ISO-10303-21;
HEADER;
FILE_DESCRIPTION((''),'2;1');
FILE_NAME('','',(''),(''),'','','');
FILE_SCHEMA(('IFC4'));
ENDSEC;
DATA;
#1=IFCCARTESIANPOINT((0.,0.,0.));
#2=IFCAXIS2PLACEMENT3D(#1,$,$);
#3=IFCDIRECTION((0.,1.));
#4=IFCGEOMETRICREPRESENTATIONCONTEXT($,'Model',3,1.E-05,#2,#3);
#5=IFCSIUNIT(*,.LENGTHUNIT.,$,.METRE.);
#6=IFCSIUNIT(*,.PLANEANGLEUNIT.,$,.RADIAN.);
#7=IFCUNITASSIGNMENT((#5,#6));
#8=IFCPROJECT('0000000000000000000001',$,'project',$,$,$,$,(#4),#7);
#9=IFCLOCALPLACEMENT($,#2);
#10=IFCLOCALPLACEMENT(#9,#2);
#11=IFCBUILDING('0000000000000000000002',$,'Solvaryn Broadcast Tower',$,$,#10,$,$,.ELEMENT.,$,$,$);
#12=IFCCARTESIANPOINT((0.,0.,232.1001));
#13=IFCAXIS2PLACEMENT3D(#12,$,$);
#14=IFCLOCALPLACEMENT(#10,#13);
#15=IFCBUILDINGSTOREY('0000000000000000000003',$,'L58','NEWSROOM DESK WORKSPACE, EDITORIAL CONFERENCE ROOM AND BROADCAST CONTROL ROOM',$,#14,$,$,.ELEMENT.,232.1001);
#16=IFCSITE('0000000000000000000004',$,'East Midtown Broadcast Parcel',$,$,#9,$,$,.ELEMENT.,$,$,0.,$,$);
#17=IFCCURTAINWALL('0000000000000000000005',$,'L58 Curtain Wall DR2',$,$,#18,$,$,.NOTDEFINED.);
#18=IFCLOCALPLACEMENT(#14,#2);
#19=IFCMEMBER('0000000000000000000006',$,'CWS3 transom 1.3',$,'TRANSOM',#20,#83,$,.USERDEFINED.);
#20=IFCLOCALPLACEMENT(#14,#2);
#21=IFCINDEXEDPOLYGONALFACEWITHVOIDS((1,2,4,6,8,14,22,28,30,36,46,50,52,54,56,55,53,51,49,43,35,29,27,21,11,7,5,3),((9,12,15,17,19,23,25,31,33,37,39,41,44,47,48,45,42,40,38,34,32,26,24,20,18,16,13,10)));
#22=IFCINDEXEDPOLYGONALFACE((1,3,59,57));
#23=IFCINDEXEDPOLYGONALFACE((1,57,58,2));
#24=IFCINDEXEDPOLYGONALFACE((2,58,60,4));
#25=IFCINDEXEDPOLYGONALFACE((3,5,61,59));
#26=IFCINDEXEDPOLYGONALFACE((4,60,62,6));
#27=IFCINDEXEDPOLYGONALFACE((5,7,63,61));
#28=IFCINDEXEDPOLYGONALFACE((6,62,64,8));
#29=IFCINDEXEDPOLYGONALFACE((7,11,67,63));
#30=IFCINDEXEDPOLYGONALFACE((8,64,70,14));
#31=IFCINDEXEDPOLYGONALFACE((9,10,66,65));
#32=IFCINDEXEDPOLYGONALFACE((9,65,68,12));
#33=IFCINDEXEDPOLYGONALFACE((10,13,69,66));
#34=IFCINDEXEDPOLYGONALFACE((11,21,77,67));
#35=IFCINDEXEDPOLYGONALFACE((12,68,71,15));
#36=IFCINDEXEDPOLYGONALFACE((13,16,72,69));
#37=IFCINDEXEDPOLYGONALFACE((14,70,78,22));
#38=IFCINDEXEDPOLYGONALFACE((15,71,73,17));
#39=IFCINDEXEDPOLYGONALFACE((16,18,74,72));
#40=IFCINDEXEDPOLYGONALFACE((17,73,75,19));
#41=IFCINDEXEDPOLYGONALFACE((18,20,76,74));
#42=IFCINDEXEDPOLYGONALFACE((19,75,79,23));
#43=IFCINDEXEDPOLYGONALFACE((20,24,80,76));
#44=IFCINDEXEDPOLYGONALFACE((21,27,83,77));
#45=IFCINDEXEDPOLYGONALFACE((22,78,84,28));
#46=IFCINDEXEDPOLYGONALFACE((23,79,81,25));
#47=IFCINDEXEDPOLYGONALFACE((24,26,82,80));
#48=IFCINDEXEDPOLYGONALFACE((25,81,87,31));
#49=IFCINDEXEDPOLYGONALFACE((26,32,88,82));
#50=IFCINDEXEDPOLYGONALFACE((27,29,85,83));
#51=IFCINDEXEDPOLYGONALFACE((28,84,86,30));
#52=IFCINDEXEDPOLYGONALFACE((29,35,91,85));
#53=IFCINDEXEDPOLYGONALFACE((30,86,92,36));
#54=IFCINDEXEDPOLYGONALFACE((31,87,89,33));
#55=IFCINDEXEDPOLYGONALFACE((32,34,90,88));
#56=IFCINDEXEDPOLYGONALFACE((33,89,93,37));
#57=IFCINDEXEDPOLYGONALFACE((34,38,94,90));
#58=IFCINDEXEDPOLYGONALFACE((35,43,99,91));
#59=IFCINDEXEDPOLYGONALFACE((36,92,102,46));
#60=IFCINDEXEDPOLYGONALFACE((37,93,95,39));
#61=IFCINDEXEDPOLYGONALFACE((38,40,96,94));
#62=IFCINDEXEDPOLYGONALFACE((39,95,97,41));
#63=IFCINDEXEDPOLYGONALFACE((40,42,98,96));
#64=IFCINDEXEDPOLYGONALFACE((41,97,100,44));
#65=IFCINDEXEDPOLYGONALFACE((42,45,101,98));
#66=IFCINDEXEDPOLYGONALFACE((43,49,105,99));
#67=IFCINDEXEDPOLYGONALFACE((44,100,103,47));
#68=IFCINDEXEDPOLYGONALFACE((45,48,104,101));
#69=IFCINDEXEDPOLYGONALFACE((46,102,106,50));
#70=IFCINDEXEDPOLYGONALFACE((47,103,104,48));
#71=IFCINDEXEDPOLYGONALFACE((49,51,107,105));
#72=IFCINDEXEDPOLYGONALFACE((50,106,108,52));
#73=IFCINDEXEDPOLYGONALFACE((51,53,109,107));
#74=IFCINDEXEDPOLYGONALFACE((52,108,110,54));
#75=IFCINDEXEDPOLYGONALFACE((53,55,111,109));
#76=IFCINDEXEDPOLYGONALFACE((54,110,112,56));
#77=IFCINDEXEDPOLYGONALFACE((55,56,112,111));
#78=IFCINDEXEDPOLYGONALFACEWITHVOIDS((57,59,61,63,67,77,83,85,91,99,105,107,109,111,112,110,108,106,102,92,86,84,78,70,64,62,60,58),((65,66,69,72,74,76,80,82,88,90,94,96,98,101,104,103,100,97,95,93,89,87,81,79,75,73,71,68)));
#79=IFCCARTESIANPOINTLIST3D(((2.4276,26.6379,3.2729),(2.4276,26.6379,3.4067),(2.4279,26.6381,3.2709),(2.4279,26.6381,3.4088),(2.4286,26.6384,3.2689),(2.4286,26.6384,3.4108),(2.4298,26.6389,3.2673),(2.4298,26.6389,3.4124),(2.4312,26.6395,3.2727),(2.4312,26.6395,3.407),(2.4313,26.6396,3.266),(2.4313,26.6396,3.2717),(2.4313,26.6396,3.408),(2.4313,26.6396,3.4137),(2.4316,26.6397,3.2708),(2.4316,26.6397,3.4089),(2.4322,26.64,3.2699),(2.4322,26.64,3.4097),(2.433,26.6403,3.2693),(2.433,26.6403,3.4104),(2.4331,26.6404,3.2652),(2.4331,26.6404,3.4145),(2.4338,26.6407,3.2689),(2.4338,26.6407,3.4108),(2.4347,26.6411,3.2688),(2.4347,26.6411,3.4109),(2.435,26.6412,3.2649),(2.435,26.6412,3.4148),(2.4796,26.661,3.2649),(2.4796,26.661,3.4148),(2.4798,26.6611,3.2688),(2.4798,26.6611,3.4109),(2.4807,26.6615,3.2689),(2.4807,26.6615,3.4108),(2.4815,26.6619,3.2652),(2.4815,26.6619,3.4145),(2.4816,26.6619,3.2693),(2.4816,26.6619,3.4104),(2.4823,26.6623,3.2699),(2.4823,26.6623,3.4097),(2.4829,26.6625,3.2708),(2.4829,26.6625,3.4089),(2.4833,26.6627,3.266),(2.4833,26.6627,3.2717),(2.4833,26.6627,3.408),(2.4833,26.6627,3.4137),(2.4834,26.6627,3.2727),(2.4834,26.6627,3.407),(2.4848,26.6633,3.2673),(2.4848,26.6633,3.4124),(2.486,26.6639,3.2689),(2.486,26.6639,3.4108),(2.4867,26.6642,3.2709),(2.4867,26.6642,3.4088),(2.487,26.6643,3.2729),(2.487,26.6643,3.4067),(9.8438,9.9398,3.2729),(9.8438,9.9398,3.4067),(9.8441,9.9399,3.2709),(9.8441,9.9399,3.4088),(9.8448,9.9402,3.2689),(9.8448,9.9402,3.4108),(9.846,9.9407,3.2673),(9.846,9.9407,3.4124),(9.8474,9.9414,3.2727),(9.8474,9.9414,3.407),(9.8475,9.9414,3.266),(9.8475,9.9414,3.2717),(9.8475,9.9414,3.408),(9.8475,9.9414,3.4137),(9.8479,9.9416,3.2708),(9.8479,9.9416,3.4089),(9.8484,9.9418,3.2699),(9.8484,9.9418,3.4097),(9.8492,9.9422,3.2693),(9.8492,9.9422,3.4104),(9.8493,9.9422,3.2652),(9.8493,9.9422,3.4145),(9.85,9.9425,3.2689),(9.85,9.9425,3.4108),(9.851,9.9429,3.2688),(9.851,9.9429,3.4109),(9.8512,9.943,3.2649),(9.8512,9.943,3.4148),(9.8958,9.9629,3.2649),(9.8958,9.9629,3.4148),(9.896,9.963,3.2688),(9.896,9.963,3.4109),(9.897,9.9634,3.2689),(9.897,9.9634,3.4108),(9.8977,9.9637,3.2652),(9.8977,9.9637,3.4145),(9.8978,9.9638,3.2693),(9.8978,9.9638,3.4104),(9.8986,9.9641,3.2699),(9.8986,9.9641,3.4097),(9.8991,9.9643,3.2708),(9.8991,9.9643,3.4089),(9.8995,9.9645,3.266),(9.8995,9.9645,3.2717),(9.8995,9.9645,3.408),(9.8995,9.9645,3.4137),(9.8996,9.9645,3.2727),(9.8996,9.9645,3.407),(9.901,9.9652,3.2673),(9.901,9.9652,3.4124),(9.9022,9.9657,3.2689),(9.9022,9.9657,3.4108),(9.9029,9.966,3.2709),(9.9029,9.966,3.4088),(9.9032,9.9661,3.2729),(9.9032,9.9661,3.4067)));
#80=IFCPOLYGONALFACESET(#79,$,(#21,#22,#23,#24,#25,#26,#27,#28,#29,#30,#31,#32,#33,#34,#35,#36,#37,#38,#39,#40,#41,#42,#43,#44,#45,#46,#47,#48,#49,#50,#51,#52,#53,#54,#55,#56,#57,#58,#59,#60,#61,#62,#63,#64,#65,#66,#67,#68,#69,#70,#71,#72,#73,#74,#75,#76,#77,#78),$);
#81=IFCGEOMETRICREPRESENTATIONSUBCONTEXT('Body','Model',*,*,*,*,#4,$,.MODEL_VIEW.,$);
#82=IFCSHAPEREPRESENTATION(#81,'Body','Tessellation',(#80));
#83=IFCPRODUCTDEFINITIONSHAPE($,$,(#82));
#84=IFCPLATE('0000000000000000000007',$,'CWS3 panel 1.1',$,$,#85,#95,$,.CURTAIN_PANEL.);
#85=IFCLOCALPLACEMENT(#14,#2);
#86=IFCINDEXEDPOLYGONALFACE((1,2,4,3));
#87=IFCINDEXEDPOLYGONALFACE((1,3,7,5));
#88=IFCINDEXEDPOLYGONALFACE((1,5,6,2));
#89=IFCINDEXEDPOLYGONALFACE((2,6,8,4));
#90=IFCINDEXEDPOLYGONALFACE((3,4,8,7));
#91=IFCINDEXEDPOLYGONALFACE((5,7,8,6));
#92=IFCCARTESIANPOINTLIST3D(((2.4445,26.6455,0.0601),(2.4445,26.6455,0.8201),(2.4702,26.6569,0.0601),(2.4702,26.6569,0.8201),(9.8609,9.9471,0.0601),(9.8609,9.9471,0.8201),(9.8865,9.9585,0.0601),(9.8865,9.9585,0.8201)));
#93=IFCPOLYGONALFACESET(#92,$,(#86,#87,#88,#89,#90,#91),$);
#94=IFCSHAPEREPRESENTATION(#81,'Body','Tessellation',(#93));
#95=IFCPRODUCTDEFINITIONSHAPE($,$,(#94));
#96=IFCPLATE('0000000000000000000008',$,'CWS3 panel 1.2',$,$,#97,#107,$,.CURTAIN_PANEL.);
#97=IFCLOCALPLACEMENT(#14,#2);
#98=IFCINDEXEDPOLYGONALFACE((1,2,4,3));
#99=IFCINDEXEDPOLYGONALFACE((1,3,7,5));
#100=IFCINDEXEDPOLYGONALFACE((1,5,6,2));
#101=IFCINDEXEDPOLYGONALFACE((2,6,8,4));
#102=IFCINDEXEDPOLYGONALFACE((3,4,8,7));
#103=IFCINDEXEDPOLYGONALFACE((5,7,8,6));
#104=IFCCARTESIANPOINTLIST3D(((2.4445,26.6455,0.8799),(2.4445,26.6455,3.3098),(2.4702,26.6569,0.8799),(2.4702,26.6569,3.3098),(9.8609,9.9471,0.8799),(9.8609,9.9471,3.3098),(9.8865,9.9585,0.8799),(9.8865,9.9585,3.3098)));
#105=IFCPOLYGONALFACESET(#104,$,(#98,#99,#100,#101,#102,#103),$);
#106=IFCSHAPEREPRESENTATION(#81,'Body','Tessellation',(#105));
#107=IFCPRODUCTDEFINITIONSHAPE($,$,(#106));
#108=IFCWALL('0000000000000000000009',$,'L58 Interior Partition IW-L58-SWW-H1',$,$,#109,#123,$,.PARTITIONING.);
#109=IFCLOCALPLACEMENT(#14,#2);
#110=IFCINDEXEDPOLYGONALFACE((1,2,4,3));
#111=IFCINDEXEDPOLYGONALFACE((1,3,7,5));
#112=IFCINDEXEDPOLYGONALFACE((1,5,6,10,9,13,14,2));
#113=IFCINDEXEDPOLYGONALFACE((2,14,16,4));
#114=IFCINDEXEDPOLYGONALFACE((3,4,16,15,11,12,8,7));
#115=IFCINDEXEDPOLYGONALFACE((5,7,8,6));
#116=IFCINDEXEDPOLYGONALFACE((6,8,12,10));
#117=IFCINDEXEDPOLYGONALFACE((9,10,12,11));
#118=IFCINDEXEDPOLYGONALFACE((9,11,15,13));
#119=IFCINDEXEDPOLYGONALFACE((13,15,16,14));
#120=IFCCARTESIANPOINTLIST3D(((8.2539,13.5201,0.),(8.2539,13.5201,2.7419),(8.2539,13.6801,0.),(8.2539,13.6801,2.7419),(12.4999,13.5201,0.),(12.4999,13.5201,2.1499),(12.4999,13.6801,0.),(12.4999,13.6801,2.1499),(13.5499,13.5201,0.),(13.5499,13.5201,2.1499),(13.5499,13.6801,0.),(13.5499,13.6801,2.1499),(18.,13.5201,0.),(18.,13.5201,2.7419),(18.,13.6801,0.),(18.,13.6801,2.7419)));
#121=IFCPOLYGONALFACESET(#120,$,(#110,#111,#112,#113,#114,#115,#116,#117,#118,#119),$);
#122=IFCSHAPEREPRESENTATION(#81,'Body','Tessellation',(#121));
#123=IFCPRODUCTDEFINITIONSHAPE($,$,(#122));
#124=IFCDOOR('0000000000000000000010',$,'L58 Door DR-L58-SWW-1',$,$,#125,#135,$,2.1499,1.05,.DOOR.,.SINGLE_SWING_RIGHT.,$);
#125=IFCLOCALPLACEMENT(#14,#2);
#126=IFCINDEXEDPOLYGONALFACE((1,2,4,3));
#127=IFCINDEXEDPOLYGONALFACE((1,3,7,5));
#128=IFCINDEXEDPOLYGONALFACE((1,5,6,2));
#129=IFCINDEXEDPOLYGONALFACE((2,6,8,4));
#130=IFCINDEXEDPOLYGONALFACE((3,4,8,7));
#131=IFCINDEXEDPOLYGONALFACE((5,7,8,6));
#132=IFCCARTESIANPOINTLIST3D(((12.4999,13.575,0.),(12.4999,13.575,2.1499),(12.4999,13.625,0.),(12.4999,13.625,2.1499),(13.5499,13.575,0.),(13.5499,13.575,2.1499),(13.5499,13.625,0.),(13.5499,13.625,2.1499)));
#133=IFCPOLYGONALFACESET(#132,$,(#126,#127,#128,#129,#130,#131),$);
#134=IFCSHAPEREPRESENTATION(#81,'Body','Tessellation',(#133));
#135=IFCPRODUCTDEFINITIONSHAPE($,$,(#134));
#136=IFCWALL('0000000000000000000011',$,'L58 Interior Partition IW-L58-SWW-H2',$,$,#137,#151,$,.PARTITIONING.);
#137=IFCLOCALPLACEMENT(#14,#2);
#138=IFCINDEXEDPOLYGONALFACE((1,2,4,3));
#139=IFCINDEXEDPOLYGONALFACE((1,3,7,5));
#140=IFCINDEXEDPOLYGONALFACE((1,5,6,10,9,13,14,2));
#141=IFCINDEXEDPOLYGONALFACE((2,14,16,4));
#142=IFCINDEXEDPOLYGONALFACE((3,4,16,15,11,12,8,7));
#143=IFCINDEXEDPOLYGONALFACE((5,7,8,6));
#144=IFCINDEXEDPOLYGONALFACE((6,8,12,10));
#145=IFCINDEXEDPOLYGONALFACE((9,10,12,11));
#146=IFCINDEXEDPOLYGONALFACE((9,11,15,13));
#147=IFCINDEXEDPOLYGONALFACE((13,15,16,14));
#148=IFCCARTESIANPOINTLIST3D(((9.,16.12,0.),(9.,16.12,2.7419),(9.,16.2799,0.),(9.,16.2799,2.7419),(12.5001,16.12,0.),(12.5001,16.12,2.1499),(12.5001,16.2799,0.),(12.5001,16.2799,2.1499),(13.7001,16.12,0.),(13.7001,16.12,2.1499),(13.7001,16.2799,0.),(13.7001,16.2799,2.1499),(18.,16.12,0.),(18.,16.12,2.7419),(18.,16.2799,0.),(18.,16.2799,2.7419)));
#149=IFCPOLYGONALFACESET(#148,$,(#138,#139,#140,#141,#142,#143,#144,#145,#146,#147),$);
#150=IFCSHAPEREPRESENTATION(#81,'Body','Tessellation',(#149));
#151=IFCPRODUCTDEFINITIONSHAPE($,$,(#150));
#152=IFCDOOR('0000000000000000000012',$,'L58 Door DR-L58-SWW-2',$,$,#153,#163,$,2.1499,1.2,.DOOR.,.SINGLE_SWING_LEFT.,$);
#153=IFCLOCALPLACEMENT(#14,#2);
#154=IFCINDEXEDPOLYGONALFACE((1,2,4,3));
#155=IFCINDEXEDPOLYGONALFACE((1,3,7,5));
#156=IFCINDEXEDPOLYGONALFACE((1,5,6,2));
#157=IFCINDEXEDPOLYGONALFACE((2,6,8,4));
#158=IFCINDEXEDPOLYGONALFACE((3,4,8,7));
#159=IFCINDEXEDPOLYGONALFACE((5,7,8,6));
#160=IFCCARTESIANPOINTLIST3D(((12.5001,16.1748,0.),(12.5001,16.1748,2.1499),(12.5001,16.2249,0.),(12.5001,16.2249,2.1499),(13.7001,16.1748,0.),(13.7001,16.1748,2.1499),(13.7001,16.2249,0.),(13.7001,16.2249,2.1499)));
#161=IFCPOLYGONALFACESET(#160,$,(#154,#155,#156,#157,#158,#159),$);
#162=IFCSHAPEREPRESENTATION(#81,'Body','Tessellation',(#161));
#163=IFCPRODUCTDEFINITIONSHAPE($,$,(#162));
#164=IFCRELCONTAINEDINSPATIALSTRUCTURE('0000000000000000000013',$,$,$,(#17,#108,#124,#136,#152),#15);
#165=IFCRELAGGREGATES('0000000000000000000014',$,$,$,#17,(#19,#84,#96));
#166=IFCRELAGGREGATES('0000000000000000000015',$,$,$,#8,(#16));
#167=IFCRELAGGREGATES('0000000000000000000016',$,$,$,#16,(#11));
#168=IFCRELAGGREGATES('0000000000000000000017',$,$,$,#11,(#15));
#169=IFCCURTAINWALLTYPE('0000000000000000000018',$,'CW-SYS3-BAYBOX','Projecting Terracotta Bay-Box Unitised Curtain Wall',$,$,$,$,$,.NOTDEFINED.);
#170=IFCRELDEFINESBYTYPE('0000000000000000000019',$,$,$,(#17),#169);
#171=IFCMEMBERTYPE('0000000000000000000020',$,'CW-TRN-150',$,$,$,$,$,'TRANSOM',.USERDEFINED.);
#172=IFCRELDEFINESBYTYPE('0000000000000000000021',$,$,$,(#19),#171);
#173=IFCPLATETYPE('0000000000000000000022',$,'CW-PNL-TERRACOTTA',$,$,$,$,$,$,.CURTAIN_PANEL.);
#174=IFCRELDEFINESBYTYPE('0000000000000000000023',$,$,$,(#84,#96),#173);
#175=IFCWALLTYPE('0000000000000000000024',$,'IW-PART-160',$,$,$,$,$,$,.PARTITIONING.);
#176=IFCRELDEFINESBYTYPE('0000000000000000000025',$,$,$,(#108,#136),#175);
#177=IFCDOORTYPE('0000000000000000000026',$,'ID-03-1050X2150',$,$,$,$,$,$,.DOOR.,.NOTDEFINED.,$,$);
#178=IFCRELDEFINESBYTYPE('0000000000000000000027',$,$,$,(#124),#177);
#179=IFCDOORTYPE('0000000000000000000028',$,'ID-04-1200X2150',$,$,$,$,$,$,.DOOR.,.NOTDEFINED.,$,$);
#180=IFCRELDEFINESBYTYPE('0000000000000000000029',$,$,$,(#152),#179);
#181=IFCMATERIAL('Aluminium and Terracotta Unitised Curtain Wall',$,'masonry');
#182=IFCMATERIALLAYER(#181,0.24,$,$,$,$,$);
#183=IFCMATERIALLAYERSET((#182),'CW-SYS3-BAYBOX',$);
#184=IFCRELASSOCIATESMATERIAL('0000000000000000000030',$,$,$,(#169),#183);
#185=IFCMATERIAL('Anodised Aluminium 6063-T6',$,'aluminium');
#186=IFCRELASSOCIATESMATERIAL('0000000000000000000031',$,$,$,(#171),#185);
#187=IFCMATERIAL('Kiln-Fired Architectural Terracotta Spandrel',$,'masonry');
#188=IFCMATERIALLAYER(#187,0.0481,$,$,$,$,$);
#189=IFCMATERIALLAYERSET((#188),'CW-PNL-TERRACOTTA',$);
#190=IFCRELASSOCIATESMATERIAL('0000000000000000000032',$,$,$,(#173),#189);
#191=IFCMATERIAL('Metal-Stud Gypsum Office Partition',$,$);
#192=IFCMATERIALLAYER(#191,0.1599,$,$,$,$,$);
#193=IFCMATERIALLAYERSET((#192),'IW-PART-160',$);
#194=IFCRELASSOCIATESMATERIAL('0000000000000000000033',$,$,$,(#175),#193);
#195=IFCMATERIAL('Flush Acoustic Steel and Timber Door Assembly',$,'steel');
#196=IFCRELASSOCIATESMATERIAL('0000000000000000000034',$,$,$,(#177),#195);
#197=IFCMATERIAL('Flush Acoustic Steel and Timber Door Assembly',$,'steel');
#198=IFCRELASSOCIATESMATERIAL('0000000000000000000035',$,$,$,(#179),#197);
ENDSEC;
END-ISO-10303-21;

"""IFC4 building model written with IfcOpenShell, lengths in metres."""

from ifc_helpers import new_model, si_unit, direction, frame, frame_2d, origin, origin_2d, place, context, subcontext, project, spatial, rectangle, hollow_rectangle, extrude, material, layer, layer_set, material_profile, profile_set, type_object, element, fill, aggregate, save


model = new_model("IFC4")

# Units and contexts
model_context = context("Model", 3, precision=1e-05, world=origin(), true_north=direction((0.0, 1.0)))
body_context = subcontext(model_context, "Body", "Model", "MODEL_VIEW")
ifc_project = project(units=[si_unit("LENGTHUNIT", "METRE"), si_unit("PLANEANGLEUNIT", "RADIAN")], contexts=[model_context])

# Site, building, storey
site_placement = place(None, origin())
site = spatial("IfcSite", under=ifc_project, at=site_placement, Name="East Midtown Broadcast Parcel", CompositionType="ELEMENT", RefElevation=0.0)
building_placement = place(site_placement, origin())
building = spatial("IfcBuilding", under=site, at=building_placement, Name="Solvaryn Broadcast Tower", CompositionType="ELEMENT")
storey_placement = place(building_placement, frame((0.0, 0.0, 232.1001)))
storey = spatial("IfcBuildingStorey", under=building, at=storey_placement, Name="L58", Description="NEWSROOM DESK WORKSPACE, EDITORIAL CONFERENCE ROOM AND BROADCAST CONTROL ROOM", CompositionType="ELEMENT", Elevation=232.1001)

# Curtain wall, member, plates
ifc_material_1 = material(Name="Aluminium and Terracotta Unitised Curtain Wall", Category="masonry")
ifc_layer_1 = layer(ifc_material_1, 0.24)
ifc_layer_set_1 = layer_set([ifc_layer_1], Name="CW-SYS3-BAYBOX")
curtain_wall_type_1 = type_object("IfcCurtainWallType", Name="CW-SYS3-BAYBOX", Description="Projecting Terracotta Bay-Box Unitised Curtain Wall", PredefinedType="NOTDEFINED", material=ifc_layer_set_1)
curtain_wall_1_placement = place(storey_placement, origin())
curtain_wall_1 = element("IfcCurtainWall", 1, at=curtain_wall_1_placement, inside=storey, type_object=curtain_wall_type_1, Name="L58 Curtain Wall DR2", PredefinedType="NOTDEFINED")
ifc_material_2 = material(Name="Anodised Aluminium 6063-T6", Category="aluminium")
ifc_material_profile_1 = material_profile(ifc_material_2, hollow_rectangle(XDim=0.0649, YDim=0.1499, WallThickness=0.0039, InnerFilletRadius=0.0039, OuterFilletRadius=0.0081, at=origin_2d()))
ifc_profile_set_1 = profile_set([ifc_material_profile_1], Name="Anodised Aluminium 6063-T6")
member_type_1 = type_object("IfcMemberType", Name="CW-TRN-150", ElementType="TRANSOM", PredefinedType="USERDEFINED", material=ifc_profile_set_1)
member_1_placement = place(storey_placement, frame((2.4573, 26.6511, 3.3398), z_axis=(0.405902, -0.913917, 0.0), x_axis=(0.913917, 0.405902, 0.0)))
member_1 = element("IfcMember", 2, at=member_1_placement, type_object=member_type_1, Name="CWS3 transom 1.3", ObjectType="TRANSOM", PredefinedType="USERDEFINED", context=body_context, shape_type="SweptSolid", body=[
    extrude(hollow_rectangle(XDim=0.0649, YDim=0.1499, WallThickness=0.0039, InnerFilletRadius=0.0039, OuterFilletRadius=0.0081, at=origin_2d()), origin(), (0.0, 0.0, 1.0), 18.271),
])
ifc_material_3 = material(Name="Kiln-Fired Architectural Terracotta Spandrel", Category="masonry")
ifc_layer_2 = layer(ifc_material_3, 0.0481)
ifc_layer_set_2 = layer_set([ifc_layer_2], Name="CW-PNL-TERRACOTTA")
plate_type = type_object("IfcPlateType", Name="CW-PNL-TERRACOTTA", PredefinedType="CURTAIN_PANEL", material=ifc_layer_set_2)
plate_1_placement = place(storey_placement, frame((6.1655, 18.302, 0.0601), z_axis=(0.0, 0.0, 1.0), x_axis=(0.405901, -0.913917, 0.0)))
plate_1 = element("IfcPlate", 3, at=plate_1_placement, type_object=plate_type, Name="CWS3 panel 1.1", PredefinedType="CURTAIN_PANEL", context=body_context, shape_type="SweptSolid", body=[
    extrude(rectangle(XDim=18.2712, YDim=0.0281, at=origin_2d()), origin(), (0.0, 0.0, 1.0), 0.76),
])
plate_2_placement = place(storey_placement, frame((6.1655, 18.302, 0.8799), z_axis=(0.0, 0.0, 1.0), x_axis=(0.405901, -0.913917, 0.0)))
plate_2 = element("IfcPlate", 4, at=plate_2_placement, type_object=plate_type, Name="CWS3 panel 1.2", PredefinedType="CURTAIN_PANEL", context=body_context, shape_type="SweptSolid", body=[
    extrude(rectangle(XDim=18.2712, YDim=0.0281, at=origin_2d()), origin(), (0.0, 0.0, 1.0), 2.4299),
])
aggregate(curtain_wall_1, [member_1, plate_1, plate_2])

# Walls, openings, doors
ifc_material_4 = material(Name="Metal-Stud Gypsum Office Partition")
ifc_layer_3 = layer(ifc_material_4, 0.1599)
ifc_layer_set_3 = layer_set([ifc_layer_3], Name="IW-PART-160")
wall_type = type_object("IfcWallType", Name="IW-PART-160", PredefinedType="PARTITIONING", material=ifc_layer_set_3)
wall_1_placement = place(storey_placement, frame((8.2539, 13.6001, 0.0), z_axis=(0.0, 0.0, 1.0), x_axis=(1.0, 0.0, 0.0)))
wall_1 = element("IfcWall", 5, at=wall_1_placement, inside=storey, type_object=wall_type, Name="L58 Interior Partition IW-L58-SWW-H1", PredefinedType="PARTITIONING", context=body_context, shape_type="SweptSolid", body=[
    extrude(rectangle(XDim=9.7461, YDim=0.1599, at=frame_2d((4.873, 0.0))), origin(), (0.0, 0.0, 1.0), 2.7419),
])
opening_1_placement = place(wall_1_placement, frame((4.2461, 0.0, 0.0)))
opening_1 = element("IfcOpeningElement", 6, at=opening_1_placement, cuts=wall_1, PredefinedType="OPENING", context=body_context, shape_type="SweptSolid", body=[
    extrude(rectangle(XDim=1.05, YDim=2.1499, at=frame_2d((0.5249, 1.075))), frame((0.0, 0.0901, 0.0), z_axis=(0.0, -1.0, 0.0), x_axis=(1.0, 0.0, 0.0)), (0.0, 0.0, 1.0), 0.1799),
])
ifc_material_5 = material(Name="Flush Acoustic Steel and Timber Door Assembly", Category="steel")
door_type_1 = type_object("IfcDoorType", Name="ID-03-1050X2150", OperationType="NOTDEFINED", PredefinedType="DOOR", material=ifc_material_5)
door_1_placement = place(opening_1_placement, origin())
door_1 = element("IfcDoor", 7, at=door_1_placement, inside=storey, type_object=door_type_1, Name="L58 Door DR-L58-SWW-1", OperationType="SINGLE_SWING_RIGHT", OverallHeight=2.1499, OverallWidth=1.05, PredefinedType="DOOR", context=body_context, shape_type="SweptSolid", body=[
    extrude(rectangle(XDim=1.05, YDim=2.1499, at=frame_2d((0.5249, 1.075))), frame((0.0, 0.0249, 0.0), z_axis=(0.0, -1.0, 0.0), x_axis=(1.0, 0.0, 0.0)), (0.0, 0.0, 1.0), 0.05),
])
fill(opening_1, door_1)
wall_2_placement = place(storey_placement, frame((9.0, 16.2, 0.0), z_axis=(0.0, 0.0, 1.0), x_axis=(1.0, 0.0, 0.0)))
wall_2 = element("IfcWall", 8, at=wall_2_placement, inside=storey, type_object=wall_type, Name="L58 Interior Partition IW-L58-SWW-H2", PredefinedType="PARTITIONING", context=body_context, shape_type="SweptSolid", body=[
    extrude(rectangle(XDim=9.0, YDim=0.1599, at=frame_2d((4.5, 0.0))), origin(), (0.0, 0.0, 1.0), 2.7419),
])
opening_2_placement = place(wall_2_placement, frame((3.5, 0.0, 0.0)))
opening_2 = element("IfcOpeningElement", 9, at=opening_2_placement, cuts=wall_2, PredefinedType="OPENING", context=body_context, shape_type="SweptSolid", body=[
    extrude(rectangle(XDim=1.2, YDim=2.1499, at=frame_2d((0.6001, 1.075))), frame((0.0, 0.0901, 0.0), z_axis=(0.0, -1.0, 0.0), x_axis=(1.0, 0.0, 0.0)), (0.0, 0.0, 1.0), 0.1799),
])
ifc_material_6 = material(Name="Flush Acoustic Steel and Timber Door Assembly", Category="steel")
door_type_2 = type_object("IfcDoorType", Name="ID-04-1200X2150", OperationType="NOTDEFINED", PredefinedType="DOOR", material=ifc_material_6)
door_2_placement = place(opening_2_placement, origin())
door_2 = element("IfcDoor", 10, at=door_2_placement, inside=storey, type_object=door_type_2, Name="L58 Door DR-L58-SWW-2", OperationType="SINGLE_SWING_LEFT", OverallHeight=2.1499, OverallWidth=1.2, PredefinedType="DOOR", context=body_context, shape_type="SweptSolid", body=[
    extrude(rectangle(XDim=1.2, YDim=2.1499, at=frame_2d((0.6001, 1.075))), frame((0.0, 0.0249, 0.0), z_axis=(0.0, -1.0, 0.0), x_axis=(1.0, 0.0, 0.0)), (0.0, 0.0, 1.0), 0.05),
])
fill(opening_2, door_2)

save(model, "model.ifc")
